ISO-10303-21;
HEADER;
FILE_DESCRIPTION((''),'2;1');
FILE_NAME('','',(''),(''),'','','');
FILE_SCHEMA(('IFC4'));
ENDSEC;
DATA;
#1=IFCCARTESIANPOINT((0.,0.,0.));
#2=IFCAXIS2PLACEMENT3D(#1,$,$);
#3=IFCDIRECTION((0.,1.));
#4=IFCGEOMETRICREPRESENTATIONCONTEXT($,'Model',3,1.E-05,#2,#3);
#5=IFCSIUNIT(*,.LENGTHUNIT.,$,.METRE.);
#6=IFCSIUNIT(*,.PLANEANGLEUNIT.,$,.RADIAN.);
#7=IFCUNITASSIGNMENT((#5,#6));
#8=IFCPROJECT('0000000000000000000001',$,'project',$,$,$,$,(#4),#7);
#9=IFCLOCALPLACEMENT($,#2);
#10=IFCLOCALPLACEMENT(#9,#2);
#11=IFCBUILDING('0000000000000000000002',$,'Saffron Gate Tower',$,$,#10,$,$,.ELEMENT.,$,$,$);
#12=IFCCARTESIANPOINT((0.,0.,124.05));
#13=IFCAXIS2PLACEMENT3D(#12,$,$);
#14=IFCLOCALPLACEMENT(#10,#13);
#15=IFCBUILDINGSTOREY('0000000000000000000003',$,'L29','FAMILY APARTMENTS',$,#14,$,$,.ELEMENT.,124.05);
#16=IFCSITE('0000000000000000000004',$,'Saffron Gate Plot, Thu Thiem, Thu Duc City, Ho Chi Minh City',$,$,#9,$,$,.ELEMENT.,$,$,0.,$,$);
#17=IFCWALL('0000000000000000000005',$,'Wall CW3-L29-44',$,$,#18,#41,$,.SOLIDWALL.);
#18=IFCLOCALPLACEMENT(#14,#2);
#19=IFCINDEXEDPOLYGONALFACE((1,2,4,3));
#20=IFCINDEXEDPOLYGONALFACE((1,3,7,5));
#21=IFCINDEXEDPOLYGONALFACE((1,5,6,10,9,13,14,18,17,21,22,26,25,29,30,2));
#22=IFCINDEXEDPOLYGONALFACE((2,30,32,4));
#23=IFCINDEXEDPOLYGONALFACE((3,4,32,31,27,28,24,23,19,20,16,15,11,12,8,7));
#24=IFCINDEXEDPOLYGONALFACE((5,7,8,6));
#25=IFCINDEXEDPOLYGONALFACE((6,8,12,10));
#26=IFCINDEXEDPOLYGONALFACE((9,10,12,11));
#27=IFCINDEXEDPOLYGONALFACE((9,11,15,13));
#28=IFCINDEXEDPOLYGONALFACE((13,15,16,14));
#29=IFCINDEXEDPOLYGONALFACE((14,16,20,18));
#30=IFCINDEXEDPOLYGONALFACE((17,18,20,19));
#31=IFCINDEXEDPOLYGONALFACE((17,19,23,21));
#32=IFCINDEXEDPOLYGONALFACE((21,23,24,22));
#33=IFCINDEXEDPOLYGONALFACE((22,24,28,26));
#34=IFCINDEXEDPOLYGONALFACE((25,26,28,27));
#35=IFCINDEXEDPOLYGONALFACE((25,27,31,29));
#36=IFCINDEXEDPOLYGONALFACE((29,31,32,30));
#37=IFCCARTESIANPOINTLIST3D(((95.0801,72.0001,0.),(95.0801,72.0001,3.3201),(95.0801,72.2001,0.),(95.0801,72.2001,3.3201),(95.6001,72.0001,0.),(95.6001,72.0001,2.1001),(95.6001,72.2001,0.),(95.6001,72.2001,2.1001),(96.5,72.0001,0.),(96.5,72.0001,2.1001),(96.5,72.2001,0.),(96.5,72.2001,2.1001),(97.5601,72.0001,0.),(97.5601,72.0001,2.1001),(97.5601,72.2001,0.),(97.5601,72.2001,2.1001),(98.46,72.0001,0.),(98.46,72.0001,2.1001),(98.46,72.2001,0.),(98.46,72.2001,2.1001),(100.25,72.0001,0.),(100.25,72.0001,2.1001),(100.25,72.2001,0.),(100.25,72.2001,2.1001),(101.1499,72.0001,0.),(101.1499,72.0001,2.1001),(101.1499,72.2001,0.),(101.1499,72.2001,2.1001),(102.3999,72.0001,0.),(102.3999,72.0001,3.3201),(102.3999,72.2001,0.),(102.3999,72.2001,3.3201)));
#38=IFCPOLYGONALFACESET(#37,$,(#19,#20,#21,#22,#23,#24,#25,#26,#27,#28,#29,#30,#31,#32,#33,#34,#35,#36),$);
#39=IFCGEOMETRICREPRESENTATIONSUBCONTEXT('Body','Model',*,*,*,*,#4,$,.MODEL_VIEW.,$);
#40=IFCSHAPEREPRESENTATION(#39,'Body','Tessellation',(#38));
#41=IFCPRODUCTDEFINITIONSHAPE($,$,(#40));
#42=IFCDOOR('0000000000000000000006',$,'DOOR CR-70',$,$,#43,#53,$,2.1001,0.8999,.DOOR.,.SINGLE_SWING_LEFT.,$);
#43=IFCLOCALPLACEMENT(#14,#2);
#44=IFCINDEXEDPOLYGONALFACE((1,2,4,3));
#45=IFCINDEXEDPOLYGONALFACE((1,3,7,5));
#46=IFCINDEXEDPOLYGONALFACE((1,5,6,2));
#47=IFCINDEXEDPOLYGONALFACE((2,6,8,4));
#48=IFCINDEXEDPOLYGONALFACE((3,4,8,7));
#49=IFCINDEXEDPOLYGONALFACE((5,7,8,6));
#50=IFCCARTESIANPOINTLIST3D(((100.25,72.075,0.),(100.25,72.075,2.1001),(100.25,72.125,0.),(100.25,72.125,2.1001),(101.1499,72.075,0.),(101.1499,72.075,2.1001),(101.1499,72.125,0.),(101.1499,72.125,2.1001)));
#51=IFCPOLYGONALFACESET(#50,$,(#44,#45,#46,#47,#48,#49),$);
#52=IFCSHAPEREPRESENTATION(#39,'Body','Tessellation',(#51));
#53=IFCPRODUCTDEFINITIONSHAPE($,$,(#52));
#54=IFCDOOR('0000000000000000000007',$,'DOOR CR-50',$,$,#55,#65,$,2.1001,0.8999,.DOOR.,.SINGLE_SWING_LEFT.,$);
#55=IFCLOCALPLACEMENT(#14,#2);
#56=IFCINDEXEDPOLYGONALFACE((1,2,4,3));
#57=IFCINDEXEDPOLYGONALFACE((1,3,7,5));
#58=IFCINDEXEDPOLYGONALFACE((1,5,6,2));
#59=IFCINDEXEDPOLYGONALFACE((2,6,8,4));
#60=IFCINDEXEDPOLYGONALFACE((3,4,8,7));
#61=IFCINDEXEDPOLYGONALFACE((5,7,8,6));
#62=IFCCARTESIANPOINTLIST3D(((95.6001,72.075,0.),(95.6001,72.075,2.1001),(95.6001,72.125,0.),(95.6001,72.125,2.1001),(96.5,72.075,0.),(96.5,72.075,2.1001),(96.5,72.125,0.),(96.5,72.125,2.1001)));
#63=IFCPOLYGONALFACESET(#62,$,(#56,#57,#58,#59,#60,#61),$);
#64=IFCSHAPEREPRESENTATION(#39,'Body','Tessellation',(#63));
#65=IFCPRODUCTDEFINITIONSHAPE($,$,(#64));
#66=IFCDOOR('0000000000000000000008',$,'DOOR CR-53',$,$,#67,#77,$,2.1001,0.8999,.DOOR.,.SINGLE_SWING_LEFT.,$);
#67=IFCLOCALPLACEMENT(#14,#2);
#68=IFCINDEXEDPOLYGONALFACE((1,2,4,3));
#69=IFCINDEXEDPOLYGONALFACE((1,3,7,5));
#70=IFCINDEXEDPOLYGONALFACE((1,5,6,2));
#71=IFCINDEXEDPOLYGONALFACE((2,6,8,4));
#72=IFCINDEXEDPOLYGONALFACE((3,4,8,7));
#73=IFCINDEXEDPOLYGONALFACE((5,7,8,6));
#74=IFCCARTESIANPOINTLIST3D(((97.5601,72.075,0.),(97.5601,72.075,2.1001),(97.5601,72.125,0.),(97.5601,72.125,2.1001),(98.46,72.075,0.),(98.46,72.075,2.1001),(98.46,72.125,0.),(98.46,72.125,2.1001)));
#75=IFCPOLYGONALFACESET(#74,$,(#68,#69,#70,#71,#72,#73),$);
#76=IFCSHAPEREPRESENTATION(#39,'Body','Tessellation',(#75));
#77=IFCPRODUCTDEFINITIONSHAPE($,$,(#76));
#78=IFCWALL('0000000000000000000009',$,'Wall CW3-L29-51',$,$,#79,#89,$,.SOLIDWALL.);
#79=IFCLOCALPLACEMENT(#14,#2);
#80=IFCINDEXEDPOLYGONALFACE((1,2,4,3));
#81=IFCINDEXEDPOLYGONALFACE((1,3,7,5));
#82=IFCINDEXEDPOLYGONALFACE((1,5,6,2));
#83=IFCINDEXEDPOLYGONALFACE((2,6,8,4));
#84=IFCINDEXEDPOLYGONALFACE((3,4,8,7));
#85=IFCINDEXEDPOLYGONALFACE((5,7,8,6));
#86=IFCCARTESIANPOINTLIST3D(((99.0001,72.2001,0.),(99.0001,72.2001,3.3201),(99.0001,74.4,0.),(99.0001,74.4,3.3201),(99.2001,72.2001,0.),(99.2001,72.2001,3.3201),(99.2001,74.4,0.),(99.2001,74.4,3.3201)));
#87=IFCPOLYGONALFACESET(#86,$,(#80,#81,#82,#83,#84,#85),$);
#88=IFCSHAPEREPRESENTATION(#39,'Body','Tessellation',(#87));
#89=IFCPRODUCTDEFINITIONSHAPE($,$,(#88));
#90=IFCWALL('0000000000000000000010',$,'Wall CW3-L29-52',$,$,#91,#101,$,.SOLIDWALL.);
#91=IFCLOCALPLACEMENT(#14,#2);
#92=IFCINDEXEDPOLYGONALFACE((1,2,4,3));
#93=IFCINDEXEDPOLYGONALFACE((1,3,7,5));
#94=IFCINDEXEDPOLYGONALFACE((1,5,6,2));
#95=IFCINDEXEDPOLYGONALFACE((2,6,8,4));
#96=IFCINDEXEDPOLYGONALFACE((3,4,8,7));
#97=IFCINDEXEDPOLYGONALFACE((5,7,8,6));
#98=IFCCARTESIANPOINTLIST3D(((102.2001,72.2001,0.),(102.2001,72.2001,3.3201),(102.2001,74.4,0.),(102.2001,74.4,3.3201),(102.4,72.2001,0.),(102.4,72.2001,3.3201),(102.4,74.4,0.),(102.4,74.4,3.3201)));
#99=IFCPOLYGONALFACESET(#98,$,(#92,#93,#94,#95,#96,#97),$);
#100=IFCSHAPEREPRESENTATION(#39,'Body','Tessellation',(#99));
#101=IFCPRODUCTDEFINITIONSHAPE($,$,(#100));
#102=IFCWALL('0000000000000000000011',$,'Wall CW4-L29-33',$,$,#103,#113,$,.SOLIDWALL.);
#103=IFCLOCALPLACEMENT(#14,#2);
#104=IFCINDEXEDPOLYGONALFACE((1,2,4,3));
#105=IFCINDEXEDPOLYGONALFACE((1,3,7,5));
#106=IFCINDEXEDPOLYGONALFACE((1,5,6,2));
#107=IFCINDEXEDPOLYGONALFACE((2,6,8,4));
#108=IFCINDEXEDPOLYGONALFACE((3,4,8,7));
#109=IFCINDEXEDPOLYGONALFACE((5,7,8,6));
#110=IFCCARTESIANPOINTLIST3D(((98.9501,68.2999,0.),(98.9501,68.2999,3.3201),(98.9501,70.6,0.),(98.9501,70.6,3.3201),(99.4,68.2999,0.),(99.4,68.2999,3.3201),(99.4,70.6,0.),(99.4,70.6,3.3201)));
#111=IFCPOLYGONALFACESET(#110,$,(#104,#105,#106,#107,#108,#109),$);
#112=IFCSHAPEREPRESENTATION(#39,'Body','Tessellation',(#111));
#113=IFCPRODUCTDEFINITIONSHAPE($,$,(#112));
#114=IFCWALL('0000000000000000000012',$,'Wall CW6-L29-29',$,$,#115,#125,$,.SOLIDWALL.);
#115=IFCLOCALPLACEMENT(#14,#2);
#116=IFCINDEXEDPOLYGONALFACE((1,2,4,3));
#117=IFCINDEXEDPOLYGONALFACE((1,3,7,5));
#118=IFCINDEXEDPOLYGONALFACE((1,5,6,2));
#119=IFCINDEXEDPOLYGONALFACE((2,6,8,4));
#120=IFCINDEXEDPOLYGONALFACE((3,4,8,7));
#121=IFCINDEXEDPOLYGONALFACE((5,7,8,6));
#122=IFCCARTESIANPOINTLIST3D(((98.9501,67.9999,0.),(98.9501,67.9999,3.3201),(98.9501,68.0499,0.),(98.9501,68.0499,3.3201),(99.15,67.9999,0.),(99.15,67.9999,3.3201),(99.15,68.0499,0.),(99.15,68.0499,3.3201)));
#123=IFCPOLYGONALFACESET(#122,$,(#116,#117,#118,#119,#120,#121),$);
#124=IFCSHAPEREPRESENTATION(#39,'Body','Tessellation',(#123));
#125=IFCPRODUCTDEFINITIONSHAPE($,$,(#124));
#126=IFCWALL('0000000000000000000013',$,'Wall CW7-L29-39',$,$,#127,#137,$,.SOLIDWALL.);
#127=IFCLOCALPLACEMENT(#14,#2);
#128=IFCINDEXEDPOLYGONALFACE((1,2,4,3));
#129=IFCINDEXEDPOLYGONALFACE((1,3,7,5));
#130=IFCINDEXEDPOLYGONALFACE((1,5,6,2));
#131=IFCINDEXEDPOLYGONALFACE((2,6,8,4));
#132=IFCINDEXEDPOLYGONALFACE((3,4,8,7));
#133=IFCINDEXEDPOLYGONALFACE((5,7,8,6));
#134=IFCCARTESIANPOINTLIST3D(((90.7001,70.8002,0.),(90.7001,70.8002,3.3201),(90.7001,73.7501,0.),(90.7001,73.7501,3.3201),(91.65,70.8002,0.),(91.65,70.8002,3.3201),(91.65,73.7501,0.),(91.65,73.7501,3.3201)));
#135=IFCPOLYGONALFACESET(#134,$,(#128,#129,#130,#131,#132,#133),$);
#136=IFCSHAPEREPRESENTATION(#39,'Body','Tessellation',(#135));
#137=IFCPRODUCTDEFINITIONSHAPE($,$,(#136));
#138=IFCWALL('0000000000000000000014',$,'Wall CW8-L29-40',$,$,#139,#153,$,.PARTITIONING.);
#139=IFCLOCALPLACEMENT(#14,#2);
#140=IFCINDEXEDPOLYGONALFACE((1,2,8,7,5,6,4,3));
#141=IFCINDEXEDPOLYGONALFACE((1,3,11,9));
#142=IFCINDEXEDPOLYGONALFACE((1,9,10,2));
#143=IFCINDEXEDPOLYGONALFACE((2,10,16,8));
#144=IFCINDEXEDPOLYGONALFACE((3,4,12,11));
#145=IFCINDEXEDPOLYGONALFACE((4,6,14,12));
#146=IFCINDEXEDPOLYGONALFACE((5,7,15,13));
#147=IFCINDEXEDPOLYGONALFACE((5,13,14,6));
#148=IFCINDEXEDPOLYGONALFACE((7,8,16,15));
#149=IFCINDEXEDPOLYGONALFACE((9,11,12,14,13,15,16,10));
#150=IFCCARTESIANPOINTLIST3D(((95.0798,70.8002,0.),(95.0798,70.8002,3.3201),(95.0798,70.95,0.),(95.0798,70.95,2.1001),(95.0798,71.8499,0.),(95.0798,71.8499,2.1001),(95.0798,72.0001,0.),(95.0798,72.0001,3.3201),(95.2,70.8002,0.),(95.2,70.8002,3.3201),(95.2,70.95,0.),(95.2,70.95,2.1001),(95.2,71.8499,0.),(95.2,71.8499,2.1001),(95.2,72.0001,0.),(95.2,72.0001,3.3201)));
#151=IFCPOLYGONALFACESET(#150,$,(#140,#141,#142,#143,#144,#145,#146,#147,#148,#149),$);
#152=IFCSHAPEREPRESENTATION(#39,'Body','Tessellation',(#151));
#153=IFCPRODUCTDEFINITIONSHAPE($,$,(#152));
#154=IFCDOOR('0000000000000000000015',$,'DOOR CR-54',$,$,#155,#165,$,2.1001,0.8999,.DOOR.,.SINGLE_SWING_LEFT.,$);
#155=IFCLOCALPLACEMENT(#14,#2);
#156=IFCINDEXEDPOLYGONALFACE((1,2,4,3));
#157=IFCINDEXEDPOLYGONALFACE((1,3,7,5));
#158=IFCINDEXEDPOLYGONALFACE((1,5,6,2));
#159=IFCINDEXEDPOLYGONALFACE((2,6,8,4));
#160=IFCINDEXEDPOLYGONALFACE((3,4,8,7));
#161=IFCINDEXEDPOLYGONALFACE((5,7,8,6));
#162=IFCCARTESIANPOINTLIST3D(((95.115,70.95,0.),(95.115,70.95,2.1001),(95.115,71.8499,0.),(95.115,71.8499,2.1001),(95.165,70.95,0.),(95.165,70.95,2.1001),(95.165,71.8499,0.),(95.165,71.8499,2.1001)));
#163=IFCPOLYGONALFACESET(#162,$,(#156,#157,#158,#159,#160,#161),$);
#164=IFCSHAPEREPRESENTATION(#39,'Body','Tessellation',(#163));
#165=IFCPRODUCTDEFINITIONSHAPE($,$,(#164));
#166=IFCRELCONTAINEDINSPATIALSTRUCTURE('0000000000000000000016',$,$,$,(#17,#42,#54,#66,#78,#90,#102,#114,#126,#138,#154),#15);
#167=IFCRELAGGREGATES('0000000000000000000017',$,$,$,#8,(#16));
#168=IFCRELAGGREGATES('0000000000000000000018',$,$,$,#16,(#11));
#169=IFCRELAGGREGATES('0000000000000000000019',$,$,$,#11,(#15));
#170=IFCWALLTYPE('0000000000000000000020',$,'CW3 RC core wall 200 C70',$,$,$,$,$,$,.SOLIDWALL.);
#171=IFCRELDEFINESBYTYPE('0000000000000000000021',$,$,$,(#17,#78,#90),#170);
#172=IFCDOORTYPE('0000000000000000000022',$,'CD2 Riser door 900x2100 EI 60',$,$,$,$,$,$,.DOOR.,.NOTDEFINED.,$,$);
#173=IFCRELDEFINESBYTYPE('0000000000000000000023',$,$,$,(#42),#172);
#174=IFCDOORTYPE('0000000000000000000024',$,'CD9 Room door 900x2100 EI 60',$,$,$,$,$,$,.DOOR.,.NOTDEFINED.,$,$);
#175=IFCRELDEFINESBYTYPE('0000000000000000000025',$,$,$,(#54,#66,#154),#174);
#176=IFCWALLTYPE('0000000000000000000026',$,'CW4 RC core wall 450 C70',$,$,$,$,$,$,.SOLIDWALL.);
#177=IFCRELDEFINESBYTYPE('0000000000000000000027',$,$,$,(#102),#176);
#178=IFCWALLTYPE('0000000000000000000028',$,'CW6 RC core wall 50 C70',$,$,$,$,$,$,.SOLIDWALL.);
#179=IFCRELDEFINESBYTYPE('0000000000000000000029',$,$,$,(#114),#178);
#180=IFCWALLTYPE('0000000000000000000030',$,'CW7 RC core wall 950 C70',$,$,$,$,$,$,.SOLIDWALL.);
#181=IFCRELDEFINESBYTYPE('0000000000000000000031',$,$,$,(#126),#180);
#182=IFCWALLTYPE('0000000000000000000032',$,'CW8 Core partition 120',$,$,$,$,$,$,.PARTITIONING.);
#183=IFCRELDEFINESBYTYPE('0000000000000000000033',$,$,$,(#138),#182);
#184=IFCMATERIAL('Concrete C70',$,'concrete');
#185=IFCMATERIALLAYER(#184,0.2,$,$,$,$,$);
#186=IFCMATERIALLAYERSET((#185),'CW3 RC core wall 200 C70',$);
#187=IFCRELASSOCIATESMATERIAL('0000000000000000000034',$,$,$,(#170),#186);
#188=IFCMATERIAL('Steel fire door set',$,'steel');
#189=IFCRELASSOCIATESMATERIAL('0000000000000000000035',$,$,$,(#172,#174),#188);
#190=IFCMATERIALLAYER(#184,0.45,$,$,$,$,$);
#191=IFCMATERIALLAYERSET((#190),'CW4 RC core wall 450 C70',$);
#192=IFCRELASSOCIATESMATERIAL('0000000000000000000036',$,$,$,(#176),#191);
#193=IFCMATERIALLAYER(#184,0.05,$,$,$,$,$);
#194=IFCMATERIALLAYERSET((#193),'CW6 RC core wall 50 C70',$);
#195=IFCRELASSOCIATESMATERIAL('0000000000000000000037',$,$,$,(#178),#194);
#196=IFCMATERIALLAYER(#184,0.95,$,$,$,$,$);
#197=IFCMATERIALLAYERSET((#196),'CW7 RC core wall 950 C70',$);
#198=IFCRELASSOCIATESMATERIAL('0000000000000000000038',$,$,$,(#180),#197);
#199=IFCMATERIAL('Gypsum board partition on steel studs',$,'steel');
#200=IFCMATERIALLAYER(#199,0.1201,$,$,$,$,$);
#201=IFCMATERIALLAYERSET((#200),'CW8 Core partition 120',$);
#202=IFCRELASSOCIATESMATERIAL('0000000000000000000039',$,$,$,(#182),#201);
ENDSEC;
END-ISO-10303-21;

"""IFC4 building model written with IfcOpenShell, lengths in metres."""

from ifc_helpers import new_model, si_unit, direction, frame, frame_2d, origin, place, context, subcontext, project, spatial, rectangle, extrude, material, layer, layer_set, type_object, element, fill, save


model = new_model("IFC4")

# Units and contexts
model_context = context("Model", 3, precision=1e-05, world=origin(), true_north=direction((0.0, 1.0)))
body_context = subcontext(model_context, "Body", "Model", "MODEL_VIEW")
ifc_project = project(units=[si_unit("LENGTHUNIT", "METRE"), si_unit("PLANEANGLEUNIT", "RADIAN")], contexts=[model_context])

# Site, building, storey
site_placement = place(None, origin())
site = spatial("IfcSite", under=ifc_project, at=site_placement, Name="Saffron Gate Plot, Thu Thiem, Thu Duc City, Ho Chi Minh City", CompositionType="ELEMENT", RefElevation=0.0)
building_placement = place(site_placement, origin())
building = spatial("IfcBuilding", under=site, at=building_placement, Name="Saffron Gate Tower", CompositionType="ELEMENT")
storey_placement = place(building_placement, frame((0.0, 0.0, 124.05)))
storey = spatial("IfcBuildingStorey", under=building, at=storey_placement, Name="L29", Description="FAMILY APARTMENTS", CompositionType="ELEMENT", Elevation=124.05)

# Shared definitions
ifc_material_1 = material(Name="Gypsum board partition on steel studs", Category="steel")
ifc_material_2 = material(Name="Concrete C70", Category="concrete")

# Shared definitions
ifc_material_3 = material(Name="Steel fire door set", Category="steel")

# Shared definitions
ifc_layer_1 = layer(ifc_material_2, 0.2)
ifc_layer_set_1 = layer_set([ifc_layer_1], Name="CW3 RC core wall 200 C70")
wall_type_1 = type_object("IfcWallType", Name="CW3 RC core wall 200 C70", PredefinedType="SOLIDWALL", material=ifc_layer_set_1)

# Wall, openings, doors
wall_1_placement = place(storey_placement, frame((95.0801, 72.1001, 0.0), z_axis=(0.0, 0.0, 1.0), x_axis=(1.0, 0.0, 0.0)))
wall_1 = element("IfcWall", 1, at=wall_1_placement, inside=storey, type_object=wall_type_1, Name="Wall CW3-L29-44", PredefinedType="SOLIDWALL", context=body_context, shape_type="SweptSolid", body=[
    extrude(rectangle(XDim=7.3198, YDim=0.2, at=frame_2d((3.6599, 0.0))), origin(), (0.0, 0.0, 1.0), 3.3201),
])
opening_1_placement = place(wall_1_placement, frame((0.52, 0.0, 0.0)))
opening_1 = element("IfcOpeningElement", 2, at=opening_1_placement, cuts=wall_1, PredefinedType="OPENING", context=body_context, shape_type="SweptSolid", body=[
    extrude(rectangle(XDim=0.8999, YDim=2.1001, at=frame_2d((0.45, 1.05))), frame((0.0, 0.1099, 0.0), z_axis=(0.0, -1.0, 0.0), x_axis=(1.0, 0.0, 0.0)), (0.0, 0.0, 1.0), 0.22),
])
opening_2_placement = place(wall_1_placement, frame((2.48, 0.0, 0.0)))
opening_2 = element("IfcOpeningElement", 3, at=opening_2_placement, cuts=wall_1, PredefinedType="OPENING", context=body_context, shape_type="SweptSolid", body=[
    extrude(rectangle(XDim=0.8999, YDim=2.1001, at=frame_2d((0.45, 1.05))), frame((0.0, 0.1099, 0.0), z_axis=(0.0, -1.0, 0.0), x_axis=(1.0, 0.0, 0.0)), (0.0, 0.0, 1.0), 0.22),
])
opening_3_placement = place(wall_1_placement, frame((5.1699, 0.0, 0.0)))
opening_3 = element("IfcOpeningElement", 4, at=opening_3_placement, cuts=wall_1, PredefinedType="OPENING", context=body_context, shape_type="SweptSolid", body=[
    extrude(rectangle(XDim=0.8999, YDim=2.1001, at=frame_2d((0.45, 1.05))), frame((0.0, 0.1099, 0.0), z_axis=(0.0, -1.0, 0.0), x_axis=(1.0, 0.0, 0.0)), (0.0, 0.0, 1.0), 0.22),
])
door_type_1 = type_object("IfcDoorType", Name="CD2 Riser door 900x2100 EI 60", OperationType="NOTDEFINED", PredefinedType="DOOR", material=ifc_material_3)
door_1_placement = place(opening_3_placement, origin())
door_1 = element("IfcDoor", 5, at=door_1_placement, inside=storey, type_object=door_type_1, Name="DOOR CR-70", OperationType="SINGLE_SWING_LEFT", OverallHeight=2.1001, OverallWidth=0.8999, PredefinedType="DOOR", context=body_context, shape_type="SweptSolid", body=[
    extrude(rectangle(XDim=0.8999, YDim=2.1001, at=frame_2d((0.45, 1.05))), frame((0.0, 0.0249, 0.0), z_axis=(0.0, -1.0, 0.0), x_axis=(1.0, 0.0, 0.0)), (0.0, 0.0, 1.0), 0.05),
])
fill(opening_3, door_1)
door_type_2 = type_object("IfcDoorType", Name="CD9 Room door 900x2100 EI 60", OperationType="NOTDEFINED", PredefinedType="DOOR", material=ifc_material_3)
door_2_placement = place(opening_1_placement, origin())
door_2 = element("IfcDoor", 6, at=door_2_placement, inside=storey, type_object=door_type_2, Name="DOOR CR-50", OperationType="SINGLE_SWING_LEFT", OverallHeight=2.1001, OverallWidth=0.8999, PredefinedType="DOOR", context=body_context, shape_type="SweptSolid", body=[
    extrude(rectangle(XDim=0.8999, YDim=2.1001, at=frame_2d((0.45, 1.05))), frame((0.0, 0.0249, 0.0), z_axis=(0.0, -1.0, 0.0), x_axis=(1.0, 0.0, 0.0)), (0.0, 0.0, 1.0), 0.05),
])
fill(opening_1, door_2)
door_3_placement = place(opening_2_placement, origin())
door_3 = element("IfcDoor", 7, at=door_3_placement, inside=storey, type_object=door_type_2, Name="DOOR CR-53", OperationType="SINGLE_SWING_LEFT", OverallHeight=2.1001, OverallWidth=0.8999, PredefinedType="DOOR", context=body_context, shape_type="SweptSolid", body=[
    extrude(rectangle(XDim=0.8999, YDim=2.1001, at=frame_2d((0.45, 1.05))), frame((0.0, 0.0249, 0.0), z_axis=(0.0, -1.0, 0.0), x_axis=(1.0, 0.0, 0.0)), (0.0, 0.0, 1.0), 0.05),
])
fill(opening_2, door_3)

# Walls
for number, where, z_axis, x_axis, name in (
    (8, (99.1001, 72.2, 0.0), (0.0, 0.0, 1.0), (0.0, 1.0, 0.0), "Wall CW3-L29-51"),
    (9, (102.3, 72.2, 0.0), (0.0, 0.0, 1.0), (0.0, 1.0, 0.0), "Wall CW3-L29-52"),
):
    element("IfcWall", number, at=place(storey_placement, frame(where, z_axis=z_axis, x_axis=x_axis)), inside=storey, type_object=wall_type_1, Name=name, PredefinedType="SOLIDWALL", context=body_context, shape_type="SweptSolid", body=[
        extrude(rectangle(XDim=2.2, YDim=0.2, at=frame_2d((1.1001, 0.0))), origin(), (0.0, 0.0, 1.0), 3.3201),
    ])
ifc_layer_2 = layer(ifc_material_2, 0.45)
ifc_layer_set_2 = layer_set([ifc_layer_2], Name="CW4 RC core wall 450 C70")
wall_type_2 = type_object("IfcWallType", Name="CW4 RC core wall 450 C70", PredefinedType="SOLIDWALL", material=ifc_layer_set_2)
wall_2_placement = place(storey_placement, frame((99.175, 68.3, 0.0), z_axis=(0.0, 0.0, 1.0), x_axis=(0.0, 1.0, 0.0)))
element("IfcWall", 10, at=wall_2_placement, inside=storey, type_object=wall_type_2, Name="Wall CW4-L29-33", PredefinedType="SOLIDWALL", context=body_context, shape_type="SweptSolid", body=[
    extrude(rectangle(XDim=2.3, YDim=0.45, at=frame_2d((1.1499, 0.0))), origin(), (0.0, 0.0, 1.0), 3.3201),
])
ifc_layer_3 = layer(ifc_material_2, 0.05)
ifc_layer_set_3 = layer_set([ifc_layer_3], Name="CW6 RC core wall 50 C70")
wall_type_3 = type_object("IfcWallType", Name="CW6 RC core wall 50 C70", PredefinedType="SOLIDWALL", material=ifc_layer_set_3)
wall_3_placement = place(storey_placement, frame((98.95, 68.0249, 0.0), z_axis=(0.0, 0.0, 1.0), x_axis=(1.0, 0.0, 0.0)))
element("IfcWall", 11, at=wall_3_placement, inside=storey, type_object=wall_type_3, Name="Wall CW6-L29-29", PredefinedType="SOLIDWALL", context=body_context, shape_type="SweptSolid", body=[
    extrude(rectangle(XDim=0.2, YDim=0.05, at=frame_2d((0.1001, 0.0))), origin(), (0.0, 0.0, 1.0), 3.3201),
])
ifc_layer_4 = layer(ifc_material_2, 0.95)
ifc_layer_set_4 = layer_set([ifc_layer_4], Name="CW7 RC core wall 950 C70")
wall_type_4 = type_object("IfcWallType", Name="CW7 RC core wall 950 C70", PredefinedType="SOLIDWALL", material=ifc_layer_set_4)
wall_4_placement = place(storey_placement, frame((91.175, 70.8, 0.0), z_axis=(0.0, 0.0, 1.0), x_axis=(0.0, 1.0, 0.0)))
element("IfcWall", 12, at=wall_4_placement, inside=storey, type_object=wall_type_4, Name="Wall CW7-L29-39", PredefinedType="SOLIDWALL", context=body_context, shape_type="SweptSolid", body=[
    extrude(rectangle(XDim=2.95, YDim=0.95, at=frame_2d((1.4751, 0.0))), origin(), (0.0, 0.0, 1.0), 3.3201),
])

# Wall, opening, door
ifc_layer_5 = layer(ifc_material_1, 0.1201)
ifc_layer_set_5 = layer_set([ifc_layer_5], Name="CW8 Core partition 120")
wall_type_5 = type_object("IfcWallType", Name="CW8 Core partition 120", PredefinedType="PARTITIONING", material=ifc_layer_set_5)
wall_5_placement = place(storey_placement, frame((95.1399, 70.8, 0.0), z_axis=(0.0, 0.0, 1.0), x_axis=(0.0, 1.0, 0.0)))
wall_5 = element("IfcWall", 13, at=wall_5_placement, inside=storey, type_object=wall_type_5, Name="Wall CW8-L29-40", PredefinedType="PARTITIONING", context=body_context, shape_type="SweptSolid", body=[
    extrude(rectangle(XDim=1.2, YDim=0.1201, at=frame_2d((0.6001, 0.0))), origin(), (0.0, 0.0, 1.0), 3.3201),
])
opening_4_placement = place(wall_5_placement, frame((0.1499, 0.0, 0.0)))
opening_4 = element("IfcOpeningElement", 14, at=opening_4_placement, cuts=wall_5, PredefinedType="OPENING", context=body_context, shape_type="SweptSolid", body=[
    extrude(rectangle(XDim=0.8999, YDim=2.1001, at=frame_2d((0.45, 1.05))), frame((0.0, 0.0701, 0.0), z_axis=(0.0, -1.0, 0.0), x_axis=(1.0, 0.0, 0.0)), (0.0, 0.0, 1.0), 0.1401),
])
door_4_placement = place(opening_4_placement, origin())
door_4 = element("IfcDoor", 15, at=door_4_placement, inside=storey, type_object=door_type_2, Name="DOOR CR-54", OperationType="SINGLE_SWING_LEFT", OverallHeight=2.1001, OverallWidth=0.8999, PredefinedType="DOOR", context=body_context, shape_type="SweptSolid", body=[
    extrude(rectangle(XDim=0.8999, YDim=2.1001, at=frame_2d((0.45, 1.05))), frame((0.0, 0.0249, 0.0), z_axis=(0.0, -1.0, 0.0), x_axis=(1.0, 0.0, 0.0)), (0.0, 0.0, 1.0), 0.05),
])
fill(opening_4, door_4)

save(model, "model.ifc")
